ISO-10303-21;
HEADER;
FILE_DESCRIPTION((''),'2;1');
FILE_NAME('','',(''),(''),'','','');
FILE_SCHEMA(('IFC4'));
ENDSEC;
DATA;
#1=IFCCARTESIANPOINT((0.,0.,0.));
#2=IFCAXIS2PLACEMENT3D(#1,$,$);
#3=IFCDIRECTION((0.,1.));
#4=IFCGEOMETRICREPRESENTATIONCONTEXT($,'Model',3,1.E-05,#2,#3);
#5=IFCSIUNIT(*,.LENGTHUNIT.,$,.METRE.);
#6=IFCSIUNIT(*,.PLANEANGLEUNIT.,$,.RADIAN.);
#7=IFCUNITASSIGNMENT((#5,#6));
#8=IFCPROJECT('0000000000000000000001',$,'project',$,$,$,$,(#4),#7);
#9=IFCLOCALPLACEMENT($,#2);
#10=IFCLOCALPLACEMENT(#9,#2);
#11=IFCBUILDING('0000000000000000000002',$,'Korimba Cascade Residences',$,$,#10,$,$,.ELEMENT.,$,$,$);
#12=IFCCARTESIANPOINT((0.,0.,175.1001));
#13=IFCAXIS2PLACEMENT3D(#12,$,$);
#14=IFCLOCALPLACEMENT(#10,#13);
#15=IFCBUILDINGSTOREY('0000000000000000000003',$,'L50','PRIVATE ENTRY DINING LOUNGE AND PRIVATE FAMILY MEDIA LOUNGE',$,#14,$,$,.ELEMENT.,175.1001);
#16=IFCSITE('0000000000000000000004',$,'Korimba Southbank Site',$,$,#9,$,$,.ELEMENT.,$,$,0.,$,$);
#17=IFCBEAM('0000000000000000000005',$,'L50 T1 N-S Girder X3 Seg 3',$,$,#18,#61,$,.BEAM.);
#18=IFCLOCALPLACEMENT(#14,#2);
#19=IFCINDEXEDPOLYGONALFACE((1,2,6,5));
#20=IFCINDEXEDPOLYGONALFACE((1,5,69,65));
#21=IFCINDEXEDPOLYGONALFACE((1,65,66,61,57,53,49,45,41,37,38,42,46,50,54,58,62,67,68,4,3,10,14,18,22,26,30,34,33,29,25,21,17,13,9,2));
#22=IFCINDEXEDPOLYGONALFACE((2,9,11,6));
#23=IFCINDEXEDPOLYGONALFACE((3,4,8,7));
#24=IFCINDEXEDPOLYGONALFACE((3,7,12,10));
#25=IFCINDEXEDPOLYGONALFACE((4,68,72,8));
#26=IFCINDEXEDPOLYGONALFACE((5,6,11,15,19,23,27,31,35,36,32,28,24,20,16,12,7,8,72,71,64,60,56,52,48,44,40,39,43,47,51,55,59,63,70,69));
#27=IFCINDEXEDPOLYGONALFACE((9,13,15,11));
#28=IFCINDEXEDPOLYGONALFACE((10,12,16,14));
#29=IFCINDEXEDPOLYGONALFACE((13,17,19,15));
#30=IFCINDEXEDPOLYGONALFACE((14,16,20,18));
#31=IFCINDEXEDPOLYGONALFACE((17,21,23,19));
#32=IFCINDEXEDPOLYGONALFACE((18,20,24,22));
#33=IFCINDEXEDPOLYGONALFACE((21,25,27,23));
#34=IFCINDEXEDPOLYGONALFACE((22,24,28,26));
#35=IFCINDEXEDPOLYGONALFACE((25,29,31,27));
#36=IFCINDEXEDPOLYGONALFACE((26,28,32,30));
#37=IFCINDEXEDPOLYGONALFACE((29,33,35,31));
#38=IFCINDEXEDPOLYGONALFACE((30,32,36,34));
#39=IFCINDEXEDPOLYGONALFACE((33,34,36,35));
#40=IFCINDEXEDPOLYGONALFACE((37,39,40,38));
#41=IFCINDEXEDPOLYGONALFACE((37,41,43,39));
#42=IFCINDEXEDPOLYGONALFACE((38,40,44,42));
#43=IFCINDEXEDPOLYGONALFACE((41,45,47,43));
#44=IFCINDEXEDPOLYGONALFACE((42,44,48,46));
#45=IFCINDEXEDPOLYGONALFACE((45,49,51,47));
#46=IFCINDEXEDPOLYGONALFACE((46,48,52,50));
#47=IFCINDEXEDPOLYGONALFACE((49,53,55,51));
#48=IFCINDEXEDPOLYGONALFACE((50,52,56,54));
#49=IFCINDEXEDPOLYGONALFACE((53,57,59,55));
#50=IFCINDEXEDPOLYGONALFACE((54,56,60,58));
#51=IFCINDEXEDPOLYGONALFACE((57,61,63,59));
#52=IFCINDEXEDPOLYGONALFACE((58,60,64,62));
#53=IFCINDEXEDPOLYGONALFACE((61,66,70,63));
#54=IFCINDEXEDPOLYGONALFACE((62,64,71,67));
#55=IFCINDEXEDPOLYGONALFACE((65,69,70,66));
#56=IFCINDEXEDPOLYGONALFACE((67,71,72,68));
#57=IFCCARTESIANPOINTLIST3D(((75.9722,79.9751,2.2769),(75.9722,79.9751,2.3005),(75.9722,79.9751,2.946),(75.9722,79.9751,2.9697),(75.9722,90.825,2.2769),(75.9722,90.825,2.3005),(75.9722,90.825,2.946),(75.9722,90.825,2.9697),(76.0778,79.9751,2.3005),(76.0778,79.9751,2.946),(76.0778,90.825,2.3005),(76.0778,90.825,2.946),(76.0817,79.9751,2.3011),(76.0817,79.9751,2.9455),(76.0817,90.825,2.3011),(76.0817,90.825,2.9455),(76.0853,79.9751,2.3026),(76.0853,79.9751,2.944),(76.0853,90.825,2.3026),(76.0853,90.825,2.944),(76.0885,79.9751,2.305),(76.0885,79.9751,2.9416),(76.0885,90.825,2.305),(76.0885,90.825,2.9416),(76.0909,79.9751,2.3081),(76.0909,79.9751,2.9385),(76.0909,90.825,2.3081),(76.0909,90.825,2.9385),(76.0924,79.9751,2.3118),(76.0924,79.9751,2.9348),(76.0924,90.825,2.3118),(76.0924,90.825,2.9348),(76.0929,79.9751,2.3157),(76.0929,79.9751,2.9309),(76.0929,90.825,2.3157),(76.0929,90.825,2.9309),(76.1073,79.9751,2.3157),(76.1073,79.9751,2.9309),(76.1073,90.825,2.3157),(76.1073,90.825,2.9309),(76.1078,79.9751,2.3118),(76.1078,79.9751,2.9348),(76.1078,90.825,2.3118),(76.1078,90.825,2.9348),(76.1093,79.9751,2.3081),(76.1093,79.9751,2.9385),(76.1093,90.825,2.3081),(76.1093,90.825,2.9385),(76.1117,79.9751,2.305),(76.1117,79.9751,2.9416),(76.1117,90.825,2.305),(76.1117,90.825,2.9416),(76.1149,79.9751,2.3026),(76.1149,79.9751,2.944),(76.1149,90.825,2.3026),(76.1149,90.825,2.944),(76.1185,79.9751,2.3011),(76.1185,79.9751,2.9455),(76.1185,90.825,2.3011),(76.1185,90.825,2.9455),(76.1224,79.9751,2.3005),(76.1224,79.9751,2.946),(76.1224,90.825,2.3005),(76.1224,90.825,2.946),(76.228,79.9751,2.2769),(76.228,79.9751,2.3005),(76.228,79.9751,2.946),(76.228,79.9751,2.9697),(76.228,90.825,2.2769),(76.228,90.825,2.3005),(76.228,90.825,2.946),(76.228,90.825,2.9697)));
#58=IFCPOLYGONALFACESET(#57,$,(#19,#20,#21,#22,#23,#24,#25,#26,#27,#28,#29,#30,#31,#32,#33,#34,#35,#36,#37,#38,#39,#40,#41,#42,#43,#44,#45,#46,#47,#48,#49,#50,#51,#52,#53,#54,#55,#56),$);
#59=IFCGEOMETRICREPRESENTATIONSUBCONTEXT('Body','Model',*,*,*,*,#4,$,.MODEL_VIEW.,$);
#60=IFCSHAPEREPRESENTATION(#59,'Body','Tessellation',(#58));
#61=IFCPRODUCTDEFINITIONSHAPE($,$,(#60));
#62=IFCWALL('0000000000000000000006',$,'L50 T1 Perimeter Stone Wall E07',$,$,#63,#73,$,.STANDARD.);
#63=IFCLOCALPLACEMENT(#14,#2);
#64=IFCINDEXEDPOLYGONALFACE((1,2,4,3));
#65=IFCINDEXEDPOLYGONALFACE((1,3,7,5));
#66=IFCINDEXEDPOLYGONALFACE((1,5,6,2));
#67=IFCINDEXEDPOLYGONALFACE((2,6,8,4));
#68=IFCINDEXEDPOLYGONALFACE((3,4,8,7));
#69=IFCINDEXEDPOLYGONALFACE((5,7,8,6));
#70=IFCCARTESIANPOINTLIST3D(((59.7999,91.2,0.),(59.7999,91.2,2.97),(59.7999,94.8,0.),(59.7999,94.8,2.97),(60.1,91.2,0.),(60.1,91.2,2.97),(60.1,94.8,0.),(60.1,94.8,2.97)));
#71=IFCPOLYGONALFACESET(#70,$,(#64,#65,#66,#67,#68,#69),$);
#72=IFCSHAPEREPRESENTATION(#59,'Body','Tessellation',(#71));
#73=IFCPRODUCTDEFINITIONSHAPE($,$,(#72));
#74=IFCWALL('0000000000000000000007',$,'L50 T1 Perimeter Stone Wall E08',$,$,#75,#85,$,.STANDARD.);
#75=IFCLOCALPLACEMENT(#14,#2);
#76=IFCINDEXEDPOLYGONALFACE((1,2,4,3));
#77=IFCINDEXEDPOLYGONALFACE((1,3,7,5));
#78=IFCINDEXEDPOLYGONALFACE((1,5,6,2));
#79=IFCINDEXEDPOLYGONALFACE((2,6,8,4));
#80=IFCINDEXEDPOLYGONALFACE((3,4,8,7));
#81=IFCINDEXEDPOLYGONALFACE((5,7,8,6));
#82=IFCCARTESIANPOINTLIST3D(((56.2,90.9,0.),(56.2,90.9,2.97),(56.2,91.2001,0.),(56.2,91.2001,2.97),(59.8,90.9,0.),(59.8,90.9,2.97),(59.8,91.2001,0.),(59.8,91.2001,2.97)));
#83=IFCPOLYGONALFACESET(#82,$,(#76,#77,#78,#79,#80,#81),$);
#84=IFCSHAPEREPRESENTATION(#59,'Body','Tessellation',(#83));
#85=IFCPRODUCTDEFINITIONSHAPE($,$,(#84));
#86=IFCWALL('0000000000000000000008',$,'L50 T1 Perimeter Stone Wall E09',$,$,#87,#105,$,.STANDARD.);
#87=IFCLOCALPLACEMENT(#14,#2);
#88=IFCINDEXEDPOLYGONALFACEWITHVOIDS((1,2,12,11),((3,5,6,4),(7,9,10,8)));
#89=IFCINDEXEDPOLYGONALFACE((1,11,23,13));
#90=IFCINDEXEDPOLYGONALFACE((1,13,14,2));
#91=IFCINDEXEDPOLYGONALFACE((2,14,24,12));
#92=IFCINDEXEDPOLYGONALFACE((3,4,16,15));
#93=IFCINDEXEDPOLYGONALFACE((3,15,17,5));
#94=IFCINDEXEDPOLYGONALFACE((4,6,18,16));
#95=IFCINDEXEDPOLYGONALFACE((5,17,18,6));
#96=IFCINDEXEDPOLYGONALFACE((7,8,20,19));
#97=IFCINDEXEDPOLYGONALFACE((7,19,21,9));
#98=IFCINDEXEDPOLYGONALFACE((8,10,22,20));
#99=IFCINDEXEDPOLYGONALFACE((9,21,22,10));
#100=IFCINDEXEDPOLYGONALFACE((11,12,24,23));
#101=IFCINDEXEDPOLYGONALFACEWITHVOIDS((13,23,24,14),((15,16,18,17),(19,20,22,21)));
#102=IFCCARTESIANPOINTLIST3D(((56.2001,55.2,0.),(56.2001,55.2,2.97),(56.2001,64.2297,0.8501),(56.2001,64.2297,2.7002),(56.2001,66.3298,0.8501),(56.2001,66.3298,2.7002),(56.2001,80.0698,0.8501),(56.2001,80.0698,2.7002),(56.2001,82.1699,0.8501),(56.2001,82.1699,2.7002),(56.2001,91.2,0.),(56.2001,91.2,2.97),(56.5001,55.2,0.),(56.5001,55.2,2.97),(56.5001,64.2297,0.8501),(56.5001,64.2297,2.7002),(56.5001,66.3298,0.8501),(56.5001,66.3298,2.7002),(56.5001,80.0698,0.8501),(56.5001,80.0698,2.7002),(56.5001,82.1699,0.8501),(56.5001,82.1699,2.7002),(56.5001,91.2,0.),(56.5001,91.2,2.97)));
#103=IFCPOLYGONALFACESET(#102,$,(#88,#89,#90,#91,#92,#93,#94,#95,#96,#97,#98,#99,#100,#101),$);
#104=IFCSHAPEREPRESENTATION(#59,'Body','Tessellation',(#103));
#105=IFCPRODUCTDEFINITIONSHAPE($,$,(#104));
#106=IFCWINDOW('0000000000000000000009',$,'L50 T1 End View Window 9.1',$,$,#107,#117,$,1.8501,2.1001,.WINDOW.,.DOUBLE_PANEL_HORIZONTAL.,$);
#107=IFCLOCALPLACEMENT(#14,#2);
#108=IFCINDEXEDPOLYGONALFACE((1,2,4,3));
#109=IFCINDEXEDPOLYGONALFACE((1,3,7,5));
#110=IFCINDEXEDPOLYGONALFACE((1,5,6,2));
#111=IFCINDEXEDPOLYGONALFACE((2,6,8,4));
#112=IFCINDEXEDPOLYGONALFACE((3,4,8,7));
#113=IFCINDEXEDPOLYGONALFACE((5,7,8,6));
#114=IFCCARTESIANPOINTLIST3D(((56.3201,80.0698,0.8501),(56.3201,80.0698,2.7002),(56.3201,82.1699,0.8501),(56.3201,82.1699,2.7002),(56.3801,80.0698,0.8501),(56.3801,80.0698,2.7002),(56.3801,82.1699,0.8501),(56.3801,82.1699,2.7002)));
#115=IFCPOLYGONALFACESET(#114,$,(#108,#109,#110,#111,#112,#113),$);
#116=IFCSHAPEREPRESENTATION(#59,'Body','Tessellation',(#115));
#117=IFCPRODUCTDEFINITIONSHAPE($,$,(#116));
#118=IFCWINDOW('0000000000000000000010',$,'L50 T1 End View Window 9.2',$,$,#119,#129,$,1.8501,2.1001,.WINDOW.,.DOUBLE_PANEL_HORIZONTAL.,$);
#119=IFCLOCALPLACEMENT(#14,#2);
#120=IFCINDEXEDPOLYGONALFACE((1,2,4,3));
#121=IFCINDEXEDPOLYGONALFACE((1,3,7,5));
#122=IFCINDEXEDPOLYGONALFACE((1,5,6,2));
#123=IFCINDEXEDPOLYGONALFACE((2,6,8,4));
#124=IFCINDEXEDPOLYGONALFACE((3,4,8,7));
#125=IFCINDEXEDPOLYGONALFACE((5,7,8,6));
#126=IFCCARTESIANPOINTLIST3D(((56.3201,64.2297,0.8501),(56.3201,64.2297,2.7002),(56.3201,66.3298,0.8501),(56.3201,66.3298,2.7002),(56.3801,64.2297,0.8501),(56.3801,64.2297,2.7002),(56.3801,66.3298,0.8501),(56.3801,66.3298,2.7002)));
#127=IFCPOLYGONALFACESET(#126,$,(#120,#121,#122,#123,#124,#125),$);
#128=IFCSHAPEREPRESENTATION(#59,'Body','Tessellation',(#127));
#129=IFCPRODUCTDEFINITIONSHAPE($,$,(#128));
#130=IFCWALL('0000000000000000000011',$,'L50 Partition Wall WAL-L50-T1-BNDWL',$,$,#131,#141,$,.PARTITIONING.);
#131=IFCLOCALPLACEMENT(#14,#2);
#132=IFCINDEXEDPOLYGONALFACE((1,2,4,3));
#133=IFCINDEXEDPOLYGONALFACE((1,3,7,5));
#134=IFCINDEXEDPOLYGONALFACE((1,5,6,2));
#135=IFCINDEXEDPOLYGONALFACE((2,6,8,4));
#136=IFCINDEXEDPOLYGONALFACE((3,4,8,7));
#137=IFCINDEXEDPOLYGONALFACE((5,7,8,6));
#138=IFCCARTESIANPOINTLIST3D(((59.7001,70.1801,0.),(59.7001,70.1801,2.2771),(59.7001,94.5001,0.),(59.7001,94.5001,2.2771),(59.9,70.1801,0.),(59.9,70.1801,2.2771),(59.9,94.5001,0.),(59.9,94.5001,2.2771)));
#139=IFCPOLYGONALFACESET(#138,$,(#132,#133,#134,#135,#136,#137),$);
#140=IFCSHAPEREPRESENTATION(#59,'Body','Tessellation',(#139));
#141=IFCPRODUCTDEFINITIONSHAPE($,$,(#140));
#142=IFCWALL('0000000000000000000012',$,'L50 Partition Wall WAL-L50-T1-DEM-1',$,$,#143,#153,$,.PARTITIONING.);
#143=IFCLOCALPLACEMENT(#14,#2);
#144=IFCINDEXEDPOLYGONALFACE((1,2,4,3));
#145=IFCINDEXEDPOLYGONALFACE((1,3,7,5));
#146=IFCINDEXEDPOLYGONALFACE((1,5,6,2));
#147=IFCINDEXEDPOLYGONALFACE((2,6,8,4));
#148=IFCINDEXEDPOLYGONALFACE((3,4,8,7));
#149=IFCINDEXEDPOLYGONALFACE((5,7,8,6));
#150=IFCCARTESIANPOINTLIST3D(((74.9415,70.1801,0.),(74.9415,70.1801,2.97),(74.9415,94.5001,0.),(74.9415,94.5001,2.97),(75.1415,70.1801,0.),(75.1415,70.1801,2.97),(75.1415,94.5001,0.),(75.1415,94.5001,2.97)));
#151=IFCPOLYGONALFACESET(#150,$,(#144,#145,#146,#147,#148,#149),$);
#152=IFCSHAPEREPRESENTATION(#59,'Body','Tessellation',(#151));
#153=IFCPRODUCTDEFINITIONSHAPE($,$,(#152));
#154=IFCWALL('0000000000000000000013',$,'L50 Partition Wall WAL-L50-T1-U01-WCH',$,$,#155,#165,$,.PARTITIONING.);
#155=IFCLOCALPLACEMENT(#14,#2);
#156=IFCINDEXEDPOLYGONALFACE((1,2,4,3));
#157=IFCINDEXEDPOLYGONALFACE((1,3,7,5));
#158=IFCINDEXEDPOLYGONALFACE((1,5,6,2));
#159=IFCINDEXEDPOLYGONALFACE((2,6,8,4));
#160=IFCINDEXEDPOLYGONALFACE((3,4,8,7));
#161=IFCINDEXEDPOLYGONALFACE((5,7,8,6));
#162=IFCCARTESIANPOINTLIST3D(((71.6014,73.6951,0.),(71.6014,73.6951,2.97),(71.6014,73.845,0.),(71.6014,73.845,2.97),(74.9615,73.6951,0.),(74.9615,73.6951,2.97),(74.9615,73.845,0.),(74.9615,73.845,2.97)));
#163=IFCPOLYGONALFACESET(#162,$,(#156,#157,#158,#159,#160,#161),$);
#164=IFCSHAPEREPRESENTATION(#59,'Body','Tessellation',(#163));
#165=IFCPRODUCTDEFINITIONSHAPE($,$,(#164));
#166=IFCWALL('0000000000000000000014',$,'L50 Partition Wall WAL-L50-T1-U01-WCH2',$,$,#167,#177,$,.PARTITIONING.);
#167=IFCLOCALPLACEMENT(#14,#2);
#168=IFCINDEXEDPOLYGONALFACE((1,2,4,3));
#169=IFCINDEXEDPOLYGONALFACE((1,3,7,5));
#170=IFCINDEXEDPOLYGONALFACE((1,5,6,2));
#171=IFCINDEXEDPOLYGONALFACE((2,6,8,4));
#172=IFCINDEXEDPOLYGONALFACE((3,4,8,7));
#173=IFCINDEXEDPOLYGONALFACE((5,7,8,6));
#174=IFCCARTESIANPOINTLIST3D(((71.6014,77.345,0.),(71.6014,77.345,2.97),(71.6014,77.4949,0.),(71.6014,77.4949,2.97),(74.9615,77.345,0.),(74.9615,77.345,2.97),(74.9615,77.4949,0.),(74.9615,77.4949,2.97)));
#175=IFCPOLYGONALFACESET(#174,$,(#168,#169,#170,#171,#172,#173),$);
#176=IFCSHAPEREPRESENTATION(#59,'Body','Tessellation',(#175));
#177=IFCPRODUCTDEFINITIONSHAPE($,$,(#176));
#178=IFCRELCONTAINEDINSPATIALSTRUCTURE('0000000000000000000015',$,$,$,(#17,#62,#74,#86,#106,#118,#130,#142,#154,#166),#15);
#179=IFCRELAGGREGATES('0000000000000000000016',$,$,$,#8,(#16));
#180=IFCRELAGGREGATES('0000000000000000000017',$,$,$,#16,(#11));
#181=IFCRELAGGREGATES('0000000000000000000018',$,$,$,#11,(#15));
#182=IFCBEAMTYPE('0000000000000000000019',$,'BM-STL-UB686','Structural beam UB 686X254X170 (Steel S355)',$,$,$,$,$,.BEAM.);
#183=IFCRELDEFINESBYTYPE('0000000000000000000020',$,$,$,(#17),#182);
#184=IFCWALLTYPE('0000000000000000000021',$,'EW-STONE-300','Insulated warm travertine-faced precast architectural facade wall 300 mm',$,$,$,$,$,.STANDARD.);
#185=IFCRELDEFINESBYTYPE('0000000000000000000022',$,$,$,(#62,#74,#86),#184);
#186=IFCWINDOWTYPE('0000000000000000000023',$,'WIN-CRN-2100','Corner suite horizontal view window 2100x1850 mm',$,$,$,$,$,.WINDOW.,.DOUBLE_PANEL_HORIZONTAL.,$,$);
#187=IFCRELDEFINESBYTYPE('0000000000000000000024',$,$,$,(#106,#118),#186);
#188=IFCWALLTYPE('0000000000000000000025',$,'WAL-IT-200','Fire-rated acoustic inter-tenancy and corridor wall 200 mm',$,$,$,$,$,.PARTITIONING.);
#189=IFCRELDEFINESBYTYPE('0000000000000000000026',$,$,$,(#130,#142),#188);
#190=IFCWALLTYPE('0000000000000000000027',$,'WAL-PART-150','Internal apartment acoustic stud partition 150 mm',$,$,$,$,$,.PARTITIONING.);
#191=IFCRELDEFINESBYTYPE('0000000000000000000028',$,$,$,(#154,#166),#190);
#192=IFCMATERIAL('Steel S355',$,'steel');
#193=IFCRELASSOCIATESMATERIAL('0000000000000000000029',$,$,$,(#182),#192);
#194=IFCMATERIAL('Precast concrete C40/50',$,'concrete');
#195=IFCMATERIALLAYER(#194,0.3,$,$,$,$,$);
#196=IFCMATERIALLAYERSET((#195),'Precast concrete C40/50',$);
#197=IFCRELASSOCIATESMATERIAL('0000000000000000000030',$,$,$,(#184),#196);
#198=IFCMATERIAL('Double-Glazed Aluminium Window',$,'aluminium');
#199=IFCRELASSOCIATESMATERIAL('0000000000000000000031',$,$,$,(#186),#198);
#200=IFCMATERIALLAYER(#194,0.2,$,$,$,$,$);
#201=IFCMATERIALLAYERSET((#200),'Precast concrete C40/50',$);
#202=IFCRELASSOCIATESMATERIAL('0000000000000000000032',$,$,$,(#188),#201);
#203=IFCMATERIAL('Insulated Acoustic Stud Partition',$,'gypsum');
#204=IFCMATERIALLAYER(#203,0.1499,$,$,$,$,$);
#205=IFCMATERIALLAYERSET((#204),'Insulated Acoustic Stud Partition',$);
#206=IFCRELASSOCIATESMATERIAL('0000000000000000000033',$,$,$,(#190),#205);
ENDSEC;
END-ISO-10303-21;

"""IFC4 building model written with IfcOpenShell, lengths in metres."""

from ifc_helpers import new_model, si_unit, direction, frame, frame_2d, origin, origin_2d, place, context, subcontext, project, spatial, rectangle, i_section, extrude, material, layer, layer_set, material_profile, profile_set, type_object, element, fill, save


model = new_model("IFC4")

# Units and contexts
model_context = context("Model", 3, precision=1e-05, world=origin(), true_north=direction((0.0, 1.0)))
body_context = subcontext(model_context, "Body", "Model", "MODEL_VIEW")
ifc_project = project(units=[si_unit("LENGTHUNIT", "METRE"), si_unit("PLANEANGLEUNIT", "RADIAN")], contexts=[model_context])

# Site, building, storey
site_placement = place(None, origin())
site = spatial("IfcSite", under=ifc_project, at=site_placement, Name="Korimba Southbank Site", CompositionType="ELEMENT", RefElevation=0.0)
building_placement = place(site_placement, origin())
building = spatial("IfcBuilding", under=site, at=building_placement, Name="Korimba Cascade Residences", CompositionType="ELEMENT")
storey_placement = place(building_placement, frame((0.0, 0.0, 175.1001)))
storey = spatial("IfcBuildingStorey", under=building, at=storey_placement, Name="L50", Description="PRIVATE ENTRY DINING LOUNGE AND PRIVATE FAMILY MEDIA LOUNGE", CompositionType="ELEMENT", Elevation=175.1001)

# Beam
ifc_material_1 = material(Name="Steel S355", Category="steel")
ifc_material_profile_1 = material_profile(ifc_material_1, i_section(OverallWidth=0.2559, OverallDepth=0.6929, WebThickness=0.0144, FlangeThickness=0.0237, FilletRadius=0.0151, at=origin_2d()), Name="Steel S355")
ifc_profile_set_1 = profile_set([ifc_material_profile_1], Name="Steel S355")
beam_type_1 = type_object("IfcBeamType", Name="BM-STL-UB686", Description="Structural beam UB 686X254X170 (Steel S355)", PredefinedType="BEAM", material=ifc_profile_set_1)
for number, where, z_axis, x_axis, name in (
    (1, (76.1001, 79.9751, 2.6233), (0.0, 1.0, 0.0), (-1.0, 0.0, 0.0), "L50 T1 N-S Girder X3 Seg 3"),
):
    element("IfcBeam", number, at=place(storey_placement, frame(where, z_axis=z_axis, x_axis=x_axis)), inside=storey, type_object=beam_type_1, Name=name, PredefinedType="BEAM", context=body_context, shape_type="SweptSolid", body=[
        extrude(i_section(OverallWidth=0.2559, OverallDepth=0.6929, WebThickness=0.0144, FlangeThickness=0.0237, FilletRadius=0.0151, at=origin_2d()), origin(), (0.0, 0.0, 1.0), 10.8499),
    ])

# Walls
ifc_material_2 = material(Name="Precast concrete C40/50", Category="concrete")
ifc_layer_1 = layer(ifc_material_2, 0.3)
ifc_layer_set_1 = layer_set([ifc_layer_1], Name="Precast concrete C40/50")
wall_type_1 = type_object("IfcWallType", Name="EW-STONE-300", Description="Insulated warm travertine-faced precast architectural facade wall 300 mm", PredefinedType="STANDARD", material=ifc_layer_set_1)
for number, where, z_axis, x_axis, name in (
    (2, (59.95, 94.8, 0.0), (0.0, 0.0, 1.0), (0.0, -1.0, 0.0), "L50 T1 Perimeter Stone Wall E07"),
    (3, (59.8, 91.05, 0.0), (0.0, 0.0, 1.0), (-1.0, 0.0, 0.0), "L50 T1 Perimeter Stone Wall E08"),
):
    element("IfcWall", number, at=place(storey_placement, frame(where, z_axis=z_axis, x_axis=x_axis)), inside=storey, type_object=wall_type_1, Name=name, PredefinedType="STANDARD", context=body_context, shape_type="SweptSolid", body=[
        extrude(rectangle(XDim=3.6001, YDim=0.3, at=frame_2d((1.8, 0.0))), origin(), (0.0, 0.0, 1.0), 2.97),
    ])

# Wall, openings, windows
wall_1_placement = place(storey_placement, frame((56.3501, 91.2, 0.0), z_axis=(0.0, 0.0, 1.0), x_axis=(0.0, -1.0, 0.0)))
wall_1 = element("IfcWall", 4, at=wall_1_placement, inside=storey, type_object=wall_type_1, Name="L50 T1 Perimeter Stone Wall E09", PredefinedType="STANDARD", context=body_context, shape_type="SweptSolid", body=[
    extrude(rectangle(XDim=36.0, YDim=0.3, at=frame_2d((18.0, 0.0))), origin(), (0.0, 0.0, 1.0), 2.97),
])
opening_1_placement = place(wall_1_placement, frame((9.03, 0.0, 0.8501)))
opening_1 = element("IfcOpeningElement", 5, at=opening_1_placement, cuts=wall_1, PredefinedType="OPENING", context=body_context, shape_type="SweptSolid", body=[
    extrude(rectangle(XDim=2.1001, YDim=1.8501, at=frame_2d((1.05, 0.925))), frame((0.0, 0.1602, 0.0), z_axis=(0.0, -1.0, 0.0), x_axis=(1.0, 0.0, 0.0)), (0.0, 0.0, 1.0), 0.3201),
])
opening_2_placement = place(wall_1_placement, frame((24.8701, 0.0, 0.8501)))
opening_2 = element("IfcOpeningElement", 6, at=opening_2_placement, cuts=wall_1, PredefinedType="OPENING", context=body_context, shape_type="SweptSolid", body=[
    extrude(rectangle(XDim=2.1001, YDim=1.8501, at=frame_2d((1.05, 0.925))), frame((0.0, 0.1602, 0.0), z_axis=(0.0, -1.0, 0.0), x_axis=(1.0, 0.0, 0.0)), (0.0, 0.0, 1.0), 0.3201),
])
ifc_material_3 = material(Name="Double-Glazed Aluminium Window", Category="aluminium")
window_type = type_object("IfcWindowType", Name="WIN-CRN-2100", Description="Corner suite horizontal view window 2100x1850 mm", PartitioningType="DOUBLE_PANEL_HORIZONTAL", PredefinedType="WINDOW", material=ifc_material_3)
window_1_placement = place(opening_1_placement, origin())
window_1 = element("IfcWindow", 7, at=window_1_placement, inside=storey, type_object=window_type, Name="L50 T1 End View Window 9.1", OverallHeight=1.8501, OverallWidth=2.1001, PartitioningType="DOUBLE_PANEL_HORIZONTAL", PredefinedType="WINDOW", context=body_context, shape_type="SweptSolid", body=[
    extrude(rectangle(XDim=2.1001, YDim=1.8501, at=frame_2d((1.05, 0.925))), frame((0.0, 0.03, 0.0), z_axis=(0.0, -1.0, 0.0), x_axis=(1.0, 0.0, 0.0)), (0.0, 0.0, 1.0), 0.0601),
])
fill(opening_1, window_1)
window_2_placement = place(opening_2_placement, origin())
window_2 = element("IfcWindow", 8, at=window_2_placement, inside=storey, type_object=window_type, Name="L50 T1 End View Window 9.2", OverallHeight=1.8501, OverallWidth=2.1001, PartitioningType="DOUBLE_PANEL_HORIZONTAL", PredefinedType="WINDOW", context=body_context, shape_type="SweptSolid", body=[
    extrude(rectangle(XDim=2.1001, YDim=1.8501, at=frame_2d((1.05, 0.925))), frame((0.0, 0.03, 0.0), z_axis=(0.0, -1.0, 0.0), x_axis=(1.0, 0.0, 0.0)), (0.0, 0.0, 1.0), 0.0601),
])
fill(opening_2, window_2)

# Walls
ifc_layer_2 = layer(ifc_material_2, 0.2)
ifc_layer_set_2 = layer_set([ifc_layer_2], Name="Precast concrete C40/50")
wall_type_2 = type_object("IfcWallType", Name="WAL-IT-200", Description="Fire-rated acoustic inter-tenancy and corridor wall 200 mm", PredefinedType="PARTITIONING", material=ifc_layer_set_2)
wall_2_placement = place(storey_placement, frame((59.8, 70.1799, 0.0), z_axis=(0.0, 0.0, 1.0), x_axis=(0.0, 1.0, 0.0)))
element("IfcWall", 9, at=wall_2_placement, inside=storey, type_object=wall_type_2, Name="L50 Partition Wall WAL-L50-T1-BNDWL", PredefinedType="PARTITIONING", context=body_context, shape_type="SweptSolid", body=[
    extrude(rectangle(XDim=24.3201, YDim=0.2, at=frame_2d((12.1602, 0.0))), origin(), (0.0, 0.0, 1.0), 2.2771),
])
wall_3_placement = place(storey_placement, frame((75.0415, 70.1799, 0.0), z_axis=(0.0, 0.0, 1.0), x_axis=(0.0, 1.0, 0.0)))
element("IfcWall", 10, at=wall_3_placement, inside=storey, type_object=wall_type_2, Name="L50 Partition Wall WAL-L50-T1-DEM-1", PredefinedType="PARTITIONING", context=body_context, shape_type="SweptSolid", body=[
    extrude(rectangle(XDim=24.3201, YDim=0.2, at=frame_2d((12.1602, 0.0))), origin(), (0.0, 0.0, 1.0), 2.97),
])
ifc_material_4 = material(Name="Insulated Acoustic Stud Partition", Category="gypsum")
ifc_layer_3 = layer(ifc_material_4, 0.1499)
ifc_layer_set_3 = layer_set([ifc_layer_3], Name="Insulated Acoustic Stud Partition")
wall_type_3 = type_object("IfcWallType", Name="WAL-PART-150", Description="Internal apartment acoustic stud partition 150 mm", PredefinedType="PARTITIONING", material=ifc_layer_set_3)
for number, where, z_axis, x_axis, name in (
    (11, (71.6013, 73.77, 0.0), (0.0, 0.0, 1.0), (1.0, 0.0, 0.0), "L50 Partition Wall WAL-L50-T1-U01-WCH"),
    (12, (71.6013, 77.4199, 0.0), (0.0, 0.0, 1.0), (1.0, 0.0, 0.0), "L50 Partition Wall WAL-L50-T1-U01-WCH2"),
):
    element("IfcWall", number, at=place(storey_placement, frame(where, z_axis=z_axis, x_axis=x_axis)), inside=storey, type_object=wall_type_3, Name=name, PredefinedType="PARTITIONING", context=body_context, shape_type="SweptSolid", body=[
        extrude(rectangle(XDim=3.3601, YDim=0.1499, at=frame_2d((1.6802, 0.0))), origin(), (0.0, 0.0, 1.0), 2.97),
    ])

save(model, "model.ifc")
